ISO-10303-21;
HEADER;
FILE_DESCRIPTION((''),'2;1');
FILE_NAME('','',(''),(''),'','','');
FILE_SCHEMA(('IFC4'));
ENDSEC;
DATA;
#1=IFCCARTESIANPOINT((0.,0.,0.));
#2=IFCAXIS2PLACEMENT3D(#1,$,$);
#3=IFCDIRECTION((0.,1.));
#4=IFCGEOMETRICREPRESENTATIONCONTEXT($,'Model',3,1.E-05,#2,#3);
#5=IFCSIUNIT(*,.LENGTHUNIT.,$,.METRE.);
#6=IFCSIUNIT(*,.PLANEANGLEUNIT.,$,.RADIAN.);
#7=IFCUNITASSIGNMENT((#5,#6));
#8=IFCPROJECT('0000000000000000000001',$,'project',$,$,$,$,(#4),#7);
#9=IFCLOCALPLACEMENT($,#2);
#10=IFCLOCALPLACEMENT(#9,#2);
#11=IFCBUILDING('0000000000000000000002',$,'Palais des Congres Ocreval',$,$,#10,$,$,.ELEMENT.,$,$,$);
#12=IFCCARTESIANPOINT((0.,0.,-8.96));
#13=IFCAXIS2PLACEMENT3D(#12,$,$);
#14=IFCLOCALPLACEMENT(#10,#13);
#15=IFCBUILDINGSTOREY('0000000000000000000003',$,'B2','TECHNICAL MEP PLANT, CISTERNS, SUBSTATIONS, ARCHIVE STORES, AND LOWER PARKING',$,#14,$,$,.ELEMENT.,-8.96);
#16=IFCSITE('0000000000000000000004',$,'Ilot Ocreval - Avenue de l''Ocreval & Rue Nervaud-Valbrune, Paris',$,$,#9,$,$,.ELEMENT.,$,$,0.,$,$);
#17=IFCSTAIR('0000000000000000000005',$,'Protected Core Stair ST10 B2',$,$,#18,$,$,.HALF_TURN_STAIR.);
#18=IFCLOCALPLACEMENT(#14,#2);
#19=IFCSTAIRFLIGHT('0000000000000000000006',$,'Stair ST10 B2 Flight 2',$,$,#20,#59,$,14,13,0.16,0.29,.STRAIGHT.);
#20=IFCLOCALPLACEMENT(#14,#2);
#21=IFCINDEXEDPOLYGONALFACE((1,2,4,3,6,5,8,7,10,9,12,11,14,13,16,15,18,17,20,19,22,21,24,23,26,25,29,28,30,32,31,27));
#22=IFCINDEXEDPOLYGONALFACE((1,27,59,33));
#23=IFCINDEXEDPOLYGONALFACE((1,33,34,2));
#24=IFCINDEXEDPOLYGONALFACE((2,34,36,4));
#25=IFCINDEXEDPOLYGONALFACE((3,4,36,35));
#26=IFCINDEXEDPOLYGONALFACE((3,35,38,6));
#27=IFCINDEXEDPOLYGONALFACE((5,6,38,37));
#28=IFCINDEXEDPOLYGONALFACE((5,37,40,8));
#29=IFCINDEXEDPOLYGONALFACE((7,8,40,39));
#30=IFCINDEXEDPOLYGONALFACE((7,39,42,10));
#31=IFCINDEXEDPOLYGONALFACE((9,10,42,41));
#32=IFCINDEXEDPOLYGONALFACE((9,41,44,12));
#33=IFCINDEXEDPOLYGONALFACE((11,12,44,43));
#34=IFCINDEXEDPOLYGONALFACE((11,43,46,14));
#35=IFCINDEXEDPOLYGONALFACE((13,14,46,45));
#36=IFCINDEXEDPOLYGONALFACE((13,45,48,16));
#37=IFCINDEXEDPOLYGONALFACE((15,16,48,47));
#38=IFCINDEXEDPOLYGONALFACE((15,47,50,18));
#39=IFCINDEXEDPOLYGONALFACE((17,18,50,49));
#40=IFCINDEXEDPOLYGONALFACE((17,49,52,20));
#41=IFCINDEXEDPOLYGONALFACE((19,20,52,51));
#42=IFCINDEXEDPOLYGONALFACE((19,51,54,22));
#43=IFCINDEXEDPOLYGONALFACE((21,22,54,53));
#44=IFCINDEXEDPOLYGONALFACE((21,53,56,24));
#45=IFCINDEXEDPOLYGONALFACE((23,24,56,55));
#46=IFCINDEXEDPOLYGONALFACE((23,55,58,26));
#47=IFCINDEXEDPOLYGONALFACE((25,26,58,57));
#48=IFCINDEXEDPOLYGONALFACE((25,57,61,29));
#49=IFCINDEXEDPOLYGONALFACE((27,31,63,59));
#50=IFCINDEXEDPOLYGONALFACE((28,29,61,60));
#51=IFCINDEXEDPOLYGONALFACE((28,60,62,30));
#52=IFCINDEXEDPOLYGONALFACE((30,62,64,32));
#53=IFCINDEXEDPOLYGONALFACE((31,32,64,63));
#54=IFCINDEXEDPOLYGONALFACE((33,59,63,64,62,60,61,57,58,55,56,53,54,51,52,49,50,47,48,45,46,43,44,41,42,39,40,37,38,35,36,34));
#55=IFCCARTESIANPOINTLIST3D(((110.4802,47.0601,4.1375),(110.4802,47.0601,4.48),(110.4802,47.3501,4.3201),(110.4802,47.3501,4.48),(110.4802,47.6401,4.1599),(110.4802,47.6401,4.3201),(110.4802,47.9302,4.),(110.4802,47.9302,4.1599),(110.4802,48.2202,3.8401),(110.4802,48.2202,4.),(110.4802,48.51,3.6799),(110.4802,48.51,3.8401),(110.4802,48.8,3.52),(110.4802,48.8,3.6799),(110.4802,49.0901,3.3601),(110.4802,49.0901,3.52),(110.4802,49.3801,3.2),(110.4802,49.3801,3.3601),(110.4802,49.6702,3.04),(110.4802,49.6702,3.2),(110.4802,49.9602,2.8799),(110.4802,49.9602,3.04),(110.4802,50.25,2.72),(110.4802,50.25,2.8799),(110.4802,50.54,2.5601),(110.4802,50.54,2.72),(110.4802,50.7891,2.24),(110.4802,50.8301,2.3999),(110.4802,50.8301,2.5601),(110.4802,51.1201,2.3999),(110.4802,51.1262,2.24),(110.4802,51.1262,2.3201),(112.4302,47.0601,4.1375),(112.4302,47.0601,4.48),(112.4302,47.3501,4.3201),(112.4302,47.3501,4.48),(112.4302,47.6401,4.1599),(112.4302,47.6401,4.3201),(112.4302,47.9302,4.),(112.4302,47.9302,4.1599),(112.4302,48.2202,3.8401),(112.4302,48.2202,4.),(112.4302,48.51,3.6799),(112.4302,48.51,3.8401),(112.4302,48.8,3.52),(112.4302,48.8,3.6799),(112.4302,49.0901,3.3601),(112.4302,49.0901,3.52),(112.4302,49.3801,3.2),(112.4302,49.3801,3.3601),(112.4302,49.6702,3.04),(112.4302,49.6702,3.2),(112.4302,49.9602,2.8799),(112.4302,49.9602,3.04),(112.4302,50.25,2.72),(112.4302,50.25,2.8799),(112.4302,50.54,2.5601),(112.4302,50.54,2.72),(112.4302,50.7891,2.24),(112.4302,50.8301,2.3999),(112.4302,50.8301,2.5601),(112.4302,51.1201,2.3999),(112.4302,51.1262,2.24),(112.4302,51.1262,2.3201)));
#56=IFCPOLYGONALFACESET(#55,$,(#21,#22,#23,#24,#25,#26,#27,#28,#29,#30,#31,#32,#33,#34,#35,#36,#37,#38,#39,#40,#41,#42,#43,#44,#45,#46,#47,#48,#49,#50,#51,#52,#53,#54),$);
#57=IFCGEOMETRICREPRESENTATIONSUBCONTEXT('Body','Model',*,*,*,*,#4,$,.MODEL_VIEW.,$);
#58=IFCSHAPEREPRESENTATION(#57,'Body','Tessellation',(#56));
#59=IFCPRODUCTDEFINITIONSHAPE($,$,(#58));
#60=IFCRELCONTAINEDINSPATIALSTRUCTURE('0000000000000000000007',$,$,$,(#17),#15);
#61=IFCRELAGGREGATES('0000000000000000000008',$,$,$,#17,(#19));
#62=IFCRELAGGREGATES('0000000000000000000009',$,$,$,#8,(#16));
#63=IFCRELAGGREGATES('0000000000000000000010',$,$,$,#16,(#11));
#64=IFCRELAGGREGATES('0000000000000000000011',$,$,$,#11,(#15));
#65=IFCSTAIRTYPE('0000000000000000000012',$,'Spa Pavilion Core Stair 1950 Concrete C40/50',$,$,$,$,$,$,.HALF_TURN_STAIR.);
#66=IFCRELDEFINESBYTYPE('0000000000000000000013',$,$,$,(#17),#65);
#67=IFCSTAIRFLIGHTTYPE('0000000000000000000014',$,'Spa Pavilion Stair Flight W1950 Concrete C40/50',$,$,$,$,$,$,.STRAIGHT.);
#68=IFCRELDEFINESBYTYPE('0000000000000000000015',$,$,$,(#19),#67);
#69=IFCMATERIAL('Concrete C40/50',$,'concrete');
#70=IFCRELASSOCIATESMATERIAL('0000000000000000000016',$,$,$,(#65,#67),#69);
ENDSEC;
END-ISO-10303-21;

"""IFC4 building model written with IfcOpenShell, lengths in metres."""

from ifc_helpers import new_model, si_unit, direction, frame, origin, place, context, subcontext, project, spatial, polyline, outline, extrude, material, type_object, element, aggregate, save


model = new_model("IFC4")

# Units and contexts
model_context = context("Model", 3, precision=1e-05, world=origin(), true_north=direction((0.0, 1.0)))
body_context = subcontext(model_context, "Body", "Model", "MODEL_VIEW")
ifc_project = project(units=[si_unit("LENGTHUNIT", "METRE"), si_unit("PLANEANGLEUNIT", "RADIAN")], contexts=[model_context])

# Site, building, storey
site_placement = place(None, origin())
site = spatial("IfcSite", under=ifc_project, at=site_placement, Name="Ilot Ocreval - Avenue de l'Ocreval & Rue Nervaud-Valbrune, Paris", CompositionType="ELEMENT", RefElevation=0.0)
building_placement = place(site_placement, origin())
building = spatial("IfcBuilding", under=site, at=building_placement, Name="Palais des Congres Ocreval", CompositionType="ELEMENT")
storey_placement = place(building_placement, frame((0.0, 0.0, -8.96)))
storey = spatial("IfcBuildingStorey", under=building, at=storey_placement, Name="B2", Description="TECHNICAL MEP PLANT, CISTERNS, SUBSTATIONS, ARCHIVE STORES, AND LOWER PARKING", CompositionType="ELEMENT", Elevation=-8.96)

# Shared definitions
ifc_material_1 = material(Name="Concrete C40/50", Category="concrete")

# Stair, stair flight
stair_type = type_object("IfcStairType", Name="Spa Pavilion Core Stair 1950 Concrete C40/50", PredefinedType="HALF_TURN_STAIR", material=ifc_material_1)
stair_placement = place(storey_placement, origin())
stair = element("IfcStair", 1, at=stair_placement, inside=storey, type_object=stair_type, Name="Protected Core Stair ST10 B2", PredefinedType="HALF_TURN_STAIR")
stair_flight_type = type_object("IfcStairFlightType", Name="Spa Pavilion Stair Flight W1950 Concrete C40/50", PredefinedType="STRAIGHT", material=ifc_material_1)
stair_flight_1_placement = place(storey_placement, frame((111.4551, 51.1201, 2.24), z_axis=(0.0, 0.0, 1.0), x_axis=(0.0, -1.0, 0.0)))
stair_flight_1 = element("IfcStairFlight", 2, at=stair_flight_1_placement, type_object=stair_flight_type, Name="Stair ST10 B2 Flight 2", NumberOfRisers=14, NumberOfTreads=13, PredefinedType="STRAIGHT", RiserHeight=0.16, TreadLength=0.29, context=body_context, shape_type="SweptSolid", body=[
    extrude(outline(polyline([(-0.0061, 0.0), (-0.0061, 0.0801), (0.0, 0.1599), (0.29, 0.1599), (0.29, 0.3201), (0.5801, 0.3201), (0.5801, 0.48), (0.8701, 0.48), (0.8701, 0.6399), (1.1599, 0.6399), (1.1599, 0.8), (1.45, 0.8), (1.45, 0.96), (1.74, 0.96), (1.74, 1.1201), (2.03, 1.1201), (2.03, 1.28), (2.3201, 1.28), (2.3201, 1.4399), (2.6101, 1.4399), (2.6101, 1.6001), (2.8999, 1.6001), (2.8999, 1.76), (3.1899, 1.76), (3.1899, 1.9199), (3.48, 1.9199), (3.48, 2.0801), (3.77, 2.0801), (3.77, 2.24), (4.0601, 2.24), (4.0601, 1.8975), (0.3311, 0.0), (-0.0061, 0.0)])), frame((0.0, 0.9751, 0.0), z_axis=(0.0, -1.0, 0.0), x_axis=(1.0, 0.0, 0.0)), (0.0, 0.0, 1.0), 1.95),
])
aggregate(stair, [stair_flight_1])

save(model, "model.ifc")
